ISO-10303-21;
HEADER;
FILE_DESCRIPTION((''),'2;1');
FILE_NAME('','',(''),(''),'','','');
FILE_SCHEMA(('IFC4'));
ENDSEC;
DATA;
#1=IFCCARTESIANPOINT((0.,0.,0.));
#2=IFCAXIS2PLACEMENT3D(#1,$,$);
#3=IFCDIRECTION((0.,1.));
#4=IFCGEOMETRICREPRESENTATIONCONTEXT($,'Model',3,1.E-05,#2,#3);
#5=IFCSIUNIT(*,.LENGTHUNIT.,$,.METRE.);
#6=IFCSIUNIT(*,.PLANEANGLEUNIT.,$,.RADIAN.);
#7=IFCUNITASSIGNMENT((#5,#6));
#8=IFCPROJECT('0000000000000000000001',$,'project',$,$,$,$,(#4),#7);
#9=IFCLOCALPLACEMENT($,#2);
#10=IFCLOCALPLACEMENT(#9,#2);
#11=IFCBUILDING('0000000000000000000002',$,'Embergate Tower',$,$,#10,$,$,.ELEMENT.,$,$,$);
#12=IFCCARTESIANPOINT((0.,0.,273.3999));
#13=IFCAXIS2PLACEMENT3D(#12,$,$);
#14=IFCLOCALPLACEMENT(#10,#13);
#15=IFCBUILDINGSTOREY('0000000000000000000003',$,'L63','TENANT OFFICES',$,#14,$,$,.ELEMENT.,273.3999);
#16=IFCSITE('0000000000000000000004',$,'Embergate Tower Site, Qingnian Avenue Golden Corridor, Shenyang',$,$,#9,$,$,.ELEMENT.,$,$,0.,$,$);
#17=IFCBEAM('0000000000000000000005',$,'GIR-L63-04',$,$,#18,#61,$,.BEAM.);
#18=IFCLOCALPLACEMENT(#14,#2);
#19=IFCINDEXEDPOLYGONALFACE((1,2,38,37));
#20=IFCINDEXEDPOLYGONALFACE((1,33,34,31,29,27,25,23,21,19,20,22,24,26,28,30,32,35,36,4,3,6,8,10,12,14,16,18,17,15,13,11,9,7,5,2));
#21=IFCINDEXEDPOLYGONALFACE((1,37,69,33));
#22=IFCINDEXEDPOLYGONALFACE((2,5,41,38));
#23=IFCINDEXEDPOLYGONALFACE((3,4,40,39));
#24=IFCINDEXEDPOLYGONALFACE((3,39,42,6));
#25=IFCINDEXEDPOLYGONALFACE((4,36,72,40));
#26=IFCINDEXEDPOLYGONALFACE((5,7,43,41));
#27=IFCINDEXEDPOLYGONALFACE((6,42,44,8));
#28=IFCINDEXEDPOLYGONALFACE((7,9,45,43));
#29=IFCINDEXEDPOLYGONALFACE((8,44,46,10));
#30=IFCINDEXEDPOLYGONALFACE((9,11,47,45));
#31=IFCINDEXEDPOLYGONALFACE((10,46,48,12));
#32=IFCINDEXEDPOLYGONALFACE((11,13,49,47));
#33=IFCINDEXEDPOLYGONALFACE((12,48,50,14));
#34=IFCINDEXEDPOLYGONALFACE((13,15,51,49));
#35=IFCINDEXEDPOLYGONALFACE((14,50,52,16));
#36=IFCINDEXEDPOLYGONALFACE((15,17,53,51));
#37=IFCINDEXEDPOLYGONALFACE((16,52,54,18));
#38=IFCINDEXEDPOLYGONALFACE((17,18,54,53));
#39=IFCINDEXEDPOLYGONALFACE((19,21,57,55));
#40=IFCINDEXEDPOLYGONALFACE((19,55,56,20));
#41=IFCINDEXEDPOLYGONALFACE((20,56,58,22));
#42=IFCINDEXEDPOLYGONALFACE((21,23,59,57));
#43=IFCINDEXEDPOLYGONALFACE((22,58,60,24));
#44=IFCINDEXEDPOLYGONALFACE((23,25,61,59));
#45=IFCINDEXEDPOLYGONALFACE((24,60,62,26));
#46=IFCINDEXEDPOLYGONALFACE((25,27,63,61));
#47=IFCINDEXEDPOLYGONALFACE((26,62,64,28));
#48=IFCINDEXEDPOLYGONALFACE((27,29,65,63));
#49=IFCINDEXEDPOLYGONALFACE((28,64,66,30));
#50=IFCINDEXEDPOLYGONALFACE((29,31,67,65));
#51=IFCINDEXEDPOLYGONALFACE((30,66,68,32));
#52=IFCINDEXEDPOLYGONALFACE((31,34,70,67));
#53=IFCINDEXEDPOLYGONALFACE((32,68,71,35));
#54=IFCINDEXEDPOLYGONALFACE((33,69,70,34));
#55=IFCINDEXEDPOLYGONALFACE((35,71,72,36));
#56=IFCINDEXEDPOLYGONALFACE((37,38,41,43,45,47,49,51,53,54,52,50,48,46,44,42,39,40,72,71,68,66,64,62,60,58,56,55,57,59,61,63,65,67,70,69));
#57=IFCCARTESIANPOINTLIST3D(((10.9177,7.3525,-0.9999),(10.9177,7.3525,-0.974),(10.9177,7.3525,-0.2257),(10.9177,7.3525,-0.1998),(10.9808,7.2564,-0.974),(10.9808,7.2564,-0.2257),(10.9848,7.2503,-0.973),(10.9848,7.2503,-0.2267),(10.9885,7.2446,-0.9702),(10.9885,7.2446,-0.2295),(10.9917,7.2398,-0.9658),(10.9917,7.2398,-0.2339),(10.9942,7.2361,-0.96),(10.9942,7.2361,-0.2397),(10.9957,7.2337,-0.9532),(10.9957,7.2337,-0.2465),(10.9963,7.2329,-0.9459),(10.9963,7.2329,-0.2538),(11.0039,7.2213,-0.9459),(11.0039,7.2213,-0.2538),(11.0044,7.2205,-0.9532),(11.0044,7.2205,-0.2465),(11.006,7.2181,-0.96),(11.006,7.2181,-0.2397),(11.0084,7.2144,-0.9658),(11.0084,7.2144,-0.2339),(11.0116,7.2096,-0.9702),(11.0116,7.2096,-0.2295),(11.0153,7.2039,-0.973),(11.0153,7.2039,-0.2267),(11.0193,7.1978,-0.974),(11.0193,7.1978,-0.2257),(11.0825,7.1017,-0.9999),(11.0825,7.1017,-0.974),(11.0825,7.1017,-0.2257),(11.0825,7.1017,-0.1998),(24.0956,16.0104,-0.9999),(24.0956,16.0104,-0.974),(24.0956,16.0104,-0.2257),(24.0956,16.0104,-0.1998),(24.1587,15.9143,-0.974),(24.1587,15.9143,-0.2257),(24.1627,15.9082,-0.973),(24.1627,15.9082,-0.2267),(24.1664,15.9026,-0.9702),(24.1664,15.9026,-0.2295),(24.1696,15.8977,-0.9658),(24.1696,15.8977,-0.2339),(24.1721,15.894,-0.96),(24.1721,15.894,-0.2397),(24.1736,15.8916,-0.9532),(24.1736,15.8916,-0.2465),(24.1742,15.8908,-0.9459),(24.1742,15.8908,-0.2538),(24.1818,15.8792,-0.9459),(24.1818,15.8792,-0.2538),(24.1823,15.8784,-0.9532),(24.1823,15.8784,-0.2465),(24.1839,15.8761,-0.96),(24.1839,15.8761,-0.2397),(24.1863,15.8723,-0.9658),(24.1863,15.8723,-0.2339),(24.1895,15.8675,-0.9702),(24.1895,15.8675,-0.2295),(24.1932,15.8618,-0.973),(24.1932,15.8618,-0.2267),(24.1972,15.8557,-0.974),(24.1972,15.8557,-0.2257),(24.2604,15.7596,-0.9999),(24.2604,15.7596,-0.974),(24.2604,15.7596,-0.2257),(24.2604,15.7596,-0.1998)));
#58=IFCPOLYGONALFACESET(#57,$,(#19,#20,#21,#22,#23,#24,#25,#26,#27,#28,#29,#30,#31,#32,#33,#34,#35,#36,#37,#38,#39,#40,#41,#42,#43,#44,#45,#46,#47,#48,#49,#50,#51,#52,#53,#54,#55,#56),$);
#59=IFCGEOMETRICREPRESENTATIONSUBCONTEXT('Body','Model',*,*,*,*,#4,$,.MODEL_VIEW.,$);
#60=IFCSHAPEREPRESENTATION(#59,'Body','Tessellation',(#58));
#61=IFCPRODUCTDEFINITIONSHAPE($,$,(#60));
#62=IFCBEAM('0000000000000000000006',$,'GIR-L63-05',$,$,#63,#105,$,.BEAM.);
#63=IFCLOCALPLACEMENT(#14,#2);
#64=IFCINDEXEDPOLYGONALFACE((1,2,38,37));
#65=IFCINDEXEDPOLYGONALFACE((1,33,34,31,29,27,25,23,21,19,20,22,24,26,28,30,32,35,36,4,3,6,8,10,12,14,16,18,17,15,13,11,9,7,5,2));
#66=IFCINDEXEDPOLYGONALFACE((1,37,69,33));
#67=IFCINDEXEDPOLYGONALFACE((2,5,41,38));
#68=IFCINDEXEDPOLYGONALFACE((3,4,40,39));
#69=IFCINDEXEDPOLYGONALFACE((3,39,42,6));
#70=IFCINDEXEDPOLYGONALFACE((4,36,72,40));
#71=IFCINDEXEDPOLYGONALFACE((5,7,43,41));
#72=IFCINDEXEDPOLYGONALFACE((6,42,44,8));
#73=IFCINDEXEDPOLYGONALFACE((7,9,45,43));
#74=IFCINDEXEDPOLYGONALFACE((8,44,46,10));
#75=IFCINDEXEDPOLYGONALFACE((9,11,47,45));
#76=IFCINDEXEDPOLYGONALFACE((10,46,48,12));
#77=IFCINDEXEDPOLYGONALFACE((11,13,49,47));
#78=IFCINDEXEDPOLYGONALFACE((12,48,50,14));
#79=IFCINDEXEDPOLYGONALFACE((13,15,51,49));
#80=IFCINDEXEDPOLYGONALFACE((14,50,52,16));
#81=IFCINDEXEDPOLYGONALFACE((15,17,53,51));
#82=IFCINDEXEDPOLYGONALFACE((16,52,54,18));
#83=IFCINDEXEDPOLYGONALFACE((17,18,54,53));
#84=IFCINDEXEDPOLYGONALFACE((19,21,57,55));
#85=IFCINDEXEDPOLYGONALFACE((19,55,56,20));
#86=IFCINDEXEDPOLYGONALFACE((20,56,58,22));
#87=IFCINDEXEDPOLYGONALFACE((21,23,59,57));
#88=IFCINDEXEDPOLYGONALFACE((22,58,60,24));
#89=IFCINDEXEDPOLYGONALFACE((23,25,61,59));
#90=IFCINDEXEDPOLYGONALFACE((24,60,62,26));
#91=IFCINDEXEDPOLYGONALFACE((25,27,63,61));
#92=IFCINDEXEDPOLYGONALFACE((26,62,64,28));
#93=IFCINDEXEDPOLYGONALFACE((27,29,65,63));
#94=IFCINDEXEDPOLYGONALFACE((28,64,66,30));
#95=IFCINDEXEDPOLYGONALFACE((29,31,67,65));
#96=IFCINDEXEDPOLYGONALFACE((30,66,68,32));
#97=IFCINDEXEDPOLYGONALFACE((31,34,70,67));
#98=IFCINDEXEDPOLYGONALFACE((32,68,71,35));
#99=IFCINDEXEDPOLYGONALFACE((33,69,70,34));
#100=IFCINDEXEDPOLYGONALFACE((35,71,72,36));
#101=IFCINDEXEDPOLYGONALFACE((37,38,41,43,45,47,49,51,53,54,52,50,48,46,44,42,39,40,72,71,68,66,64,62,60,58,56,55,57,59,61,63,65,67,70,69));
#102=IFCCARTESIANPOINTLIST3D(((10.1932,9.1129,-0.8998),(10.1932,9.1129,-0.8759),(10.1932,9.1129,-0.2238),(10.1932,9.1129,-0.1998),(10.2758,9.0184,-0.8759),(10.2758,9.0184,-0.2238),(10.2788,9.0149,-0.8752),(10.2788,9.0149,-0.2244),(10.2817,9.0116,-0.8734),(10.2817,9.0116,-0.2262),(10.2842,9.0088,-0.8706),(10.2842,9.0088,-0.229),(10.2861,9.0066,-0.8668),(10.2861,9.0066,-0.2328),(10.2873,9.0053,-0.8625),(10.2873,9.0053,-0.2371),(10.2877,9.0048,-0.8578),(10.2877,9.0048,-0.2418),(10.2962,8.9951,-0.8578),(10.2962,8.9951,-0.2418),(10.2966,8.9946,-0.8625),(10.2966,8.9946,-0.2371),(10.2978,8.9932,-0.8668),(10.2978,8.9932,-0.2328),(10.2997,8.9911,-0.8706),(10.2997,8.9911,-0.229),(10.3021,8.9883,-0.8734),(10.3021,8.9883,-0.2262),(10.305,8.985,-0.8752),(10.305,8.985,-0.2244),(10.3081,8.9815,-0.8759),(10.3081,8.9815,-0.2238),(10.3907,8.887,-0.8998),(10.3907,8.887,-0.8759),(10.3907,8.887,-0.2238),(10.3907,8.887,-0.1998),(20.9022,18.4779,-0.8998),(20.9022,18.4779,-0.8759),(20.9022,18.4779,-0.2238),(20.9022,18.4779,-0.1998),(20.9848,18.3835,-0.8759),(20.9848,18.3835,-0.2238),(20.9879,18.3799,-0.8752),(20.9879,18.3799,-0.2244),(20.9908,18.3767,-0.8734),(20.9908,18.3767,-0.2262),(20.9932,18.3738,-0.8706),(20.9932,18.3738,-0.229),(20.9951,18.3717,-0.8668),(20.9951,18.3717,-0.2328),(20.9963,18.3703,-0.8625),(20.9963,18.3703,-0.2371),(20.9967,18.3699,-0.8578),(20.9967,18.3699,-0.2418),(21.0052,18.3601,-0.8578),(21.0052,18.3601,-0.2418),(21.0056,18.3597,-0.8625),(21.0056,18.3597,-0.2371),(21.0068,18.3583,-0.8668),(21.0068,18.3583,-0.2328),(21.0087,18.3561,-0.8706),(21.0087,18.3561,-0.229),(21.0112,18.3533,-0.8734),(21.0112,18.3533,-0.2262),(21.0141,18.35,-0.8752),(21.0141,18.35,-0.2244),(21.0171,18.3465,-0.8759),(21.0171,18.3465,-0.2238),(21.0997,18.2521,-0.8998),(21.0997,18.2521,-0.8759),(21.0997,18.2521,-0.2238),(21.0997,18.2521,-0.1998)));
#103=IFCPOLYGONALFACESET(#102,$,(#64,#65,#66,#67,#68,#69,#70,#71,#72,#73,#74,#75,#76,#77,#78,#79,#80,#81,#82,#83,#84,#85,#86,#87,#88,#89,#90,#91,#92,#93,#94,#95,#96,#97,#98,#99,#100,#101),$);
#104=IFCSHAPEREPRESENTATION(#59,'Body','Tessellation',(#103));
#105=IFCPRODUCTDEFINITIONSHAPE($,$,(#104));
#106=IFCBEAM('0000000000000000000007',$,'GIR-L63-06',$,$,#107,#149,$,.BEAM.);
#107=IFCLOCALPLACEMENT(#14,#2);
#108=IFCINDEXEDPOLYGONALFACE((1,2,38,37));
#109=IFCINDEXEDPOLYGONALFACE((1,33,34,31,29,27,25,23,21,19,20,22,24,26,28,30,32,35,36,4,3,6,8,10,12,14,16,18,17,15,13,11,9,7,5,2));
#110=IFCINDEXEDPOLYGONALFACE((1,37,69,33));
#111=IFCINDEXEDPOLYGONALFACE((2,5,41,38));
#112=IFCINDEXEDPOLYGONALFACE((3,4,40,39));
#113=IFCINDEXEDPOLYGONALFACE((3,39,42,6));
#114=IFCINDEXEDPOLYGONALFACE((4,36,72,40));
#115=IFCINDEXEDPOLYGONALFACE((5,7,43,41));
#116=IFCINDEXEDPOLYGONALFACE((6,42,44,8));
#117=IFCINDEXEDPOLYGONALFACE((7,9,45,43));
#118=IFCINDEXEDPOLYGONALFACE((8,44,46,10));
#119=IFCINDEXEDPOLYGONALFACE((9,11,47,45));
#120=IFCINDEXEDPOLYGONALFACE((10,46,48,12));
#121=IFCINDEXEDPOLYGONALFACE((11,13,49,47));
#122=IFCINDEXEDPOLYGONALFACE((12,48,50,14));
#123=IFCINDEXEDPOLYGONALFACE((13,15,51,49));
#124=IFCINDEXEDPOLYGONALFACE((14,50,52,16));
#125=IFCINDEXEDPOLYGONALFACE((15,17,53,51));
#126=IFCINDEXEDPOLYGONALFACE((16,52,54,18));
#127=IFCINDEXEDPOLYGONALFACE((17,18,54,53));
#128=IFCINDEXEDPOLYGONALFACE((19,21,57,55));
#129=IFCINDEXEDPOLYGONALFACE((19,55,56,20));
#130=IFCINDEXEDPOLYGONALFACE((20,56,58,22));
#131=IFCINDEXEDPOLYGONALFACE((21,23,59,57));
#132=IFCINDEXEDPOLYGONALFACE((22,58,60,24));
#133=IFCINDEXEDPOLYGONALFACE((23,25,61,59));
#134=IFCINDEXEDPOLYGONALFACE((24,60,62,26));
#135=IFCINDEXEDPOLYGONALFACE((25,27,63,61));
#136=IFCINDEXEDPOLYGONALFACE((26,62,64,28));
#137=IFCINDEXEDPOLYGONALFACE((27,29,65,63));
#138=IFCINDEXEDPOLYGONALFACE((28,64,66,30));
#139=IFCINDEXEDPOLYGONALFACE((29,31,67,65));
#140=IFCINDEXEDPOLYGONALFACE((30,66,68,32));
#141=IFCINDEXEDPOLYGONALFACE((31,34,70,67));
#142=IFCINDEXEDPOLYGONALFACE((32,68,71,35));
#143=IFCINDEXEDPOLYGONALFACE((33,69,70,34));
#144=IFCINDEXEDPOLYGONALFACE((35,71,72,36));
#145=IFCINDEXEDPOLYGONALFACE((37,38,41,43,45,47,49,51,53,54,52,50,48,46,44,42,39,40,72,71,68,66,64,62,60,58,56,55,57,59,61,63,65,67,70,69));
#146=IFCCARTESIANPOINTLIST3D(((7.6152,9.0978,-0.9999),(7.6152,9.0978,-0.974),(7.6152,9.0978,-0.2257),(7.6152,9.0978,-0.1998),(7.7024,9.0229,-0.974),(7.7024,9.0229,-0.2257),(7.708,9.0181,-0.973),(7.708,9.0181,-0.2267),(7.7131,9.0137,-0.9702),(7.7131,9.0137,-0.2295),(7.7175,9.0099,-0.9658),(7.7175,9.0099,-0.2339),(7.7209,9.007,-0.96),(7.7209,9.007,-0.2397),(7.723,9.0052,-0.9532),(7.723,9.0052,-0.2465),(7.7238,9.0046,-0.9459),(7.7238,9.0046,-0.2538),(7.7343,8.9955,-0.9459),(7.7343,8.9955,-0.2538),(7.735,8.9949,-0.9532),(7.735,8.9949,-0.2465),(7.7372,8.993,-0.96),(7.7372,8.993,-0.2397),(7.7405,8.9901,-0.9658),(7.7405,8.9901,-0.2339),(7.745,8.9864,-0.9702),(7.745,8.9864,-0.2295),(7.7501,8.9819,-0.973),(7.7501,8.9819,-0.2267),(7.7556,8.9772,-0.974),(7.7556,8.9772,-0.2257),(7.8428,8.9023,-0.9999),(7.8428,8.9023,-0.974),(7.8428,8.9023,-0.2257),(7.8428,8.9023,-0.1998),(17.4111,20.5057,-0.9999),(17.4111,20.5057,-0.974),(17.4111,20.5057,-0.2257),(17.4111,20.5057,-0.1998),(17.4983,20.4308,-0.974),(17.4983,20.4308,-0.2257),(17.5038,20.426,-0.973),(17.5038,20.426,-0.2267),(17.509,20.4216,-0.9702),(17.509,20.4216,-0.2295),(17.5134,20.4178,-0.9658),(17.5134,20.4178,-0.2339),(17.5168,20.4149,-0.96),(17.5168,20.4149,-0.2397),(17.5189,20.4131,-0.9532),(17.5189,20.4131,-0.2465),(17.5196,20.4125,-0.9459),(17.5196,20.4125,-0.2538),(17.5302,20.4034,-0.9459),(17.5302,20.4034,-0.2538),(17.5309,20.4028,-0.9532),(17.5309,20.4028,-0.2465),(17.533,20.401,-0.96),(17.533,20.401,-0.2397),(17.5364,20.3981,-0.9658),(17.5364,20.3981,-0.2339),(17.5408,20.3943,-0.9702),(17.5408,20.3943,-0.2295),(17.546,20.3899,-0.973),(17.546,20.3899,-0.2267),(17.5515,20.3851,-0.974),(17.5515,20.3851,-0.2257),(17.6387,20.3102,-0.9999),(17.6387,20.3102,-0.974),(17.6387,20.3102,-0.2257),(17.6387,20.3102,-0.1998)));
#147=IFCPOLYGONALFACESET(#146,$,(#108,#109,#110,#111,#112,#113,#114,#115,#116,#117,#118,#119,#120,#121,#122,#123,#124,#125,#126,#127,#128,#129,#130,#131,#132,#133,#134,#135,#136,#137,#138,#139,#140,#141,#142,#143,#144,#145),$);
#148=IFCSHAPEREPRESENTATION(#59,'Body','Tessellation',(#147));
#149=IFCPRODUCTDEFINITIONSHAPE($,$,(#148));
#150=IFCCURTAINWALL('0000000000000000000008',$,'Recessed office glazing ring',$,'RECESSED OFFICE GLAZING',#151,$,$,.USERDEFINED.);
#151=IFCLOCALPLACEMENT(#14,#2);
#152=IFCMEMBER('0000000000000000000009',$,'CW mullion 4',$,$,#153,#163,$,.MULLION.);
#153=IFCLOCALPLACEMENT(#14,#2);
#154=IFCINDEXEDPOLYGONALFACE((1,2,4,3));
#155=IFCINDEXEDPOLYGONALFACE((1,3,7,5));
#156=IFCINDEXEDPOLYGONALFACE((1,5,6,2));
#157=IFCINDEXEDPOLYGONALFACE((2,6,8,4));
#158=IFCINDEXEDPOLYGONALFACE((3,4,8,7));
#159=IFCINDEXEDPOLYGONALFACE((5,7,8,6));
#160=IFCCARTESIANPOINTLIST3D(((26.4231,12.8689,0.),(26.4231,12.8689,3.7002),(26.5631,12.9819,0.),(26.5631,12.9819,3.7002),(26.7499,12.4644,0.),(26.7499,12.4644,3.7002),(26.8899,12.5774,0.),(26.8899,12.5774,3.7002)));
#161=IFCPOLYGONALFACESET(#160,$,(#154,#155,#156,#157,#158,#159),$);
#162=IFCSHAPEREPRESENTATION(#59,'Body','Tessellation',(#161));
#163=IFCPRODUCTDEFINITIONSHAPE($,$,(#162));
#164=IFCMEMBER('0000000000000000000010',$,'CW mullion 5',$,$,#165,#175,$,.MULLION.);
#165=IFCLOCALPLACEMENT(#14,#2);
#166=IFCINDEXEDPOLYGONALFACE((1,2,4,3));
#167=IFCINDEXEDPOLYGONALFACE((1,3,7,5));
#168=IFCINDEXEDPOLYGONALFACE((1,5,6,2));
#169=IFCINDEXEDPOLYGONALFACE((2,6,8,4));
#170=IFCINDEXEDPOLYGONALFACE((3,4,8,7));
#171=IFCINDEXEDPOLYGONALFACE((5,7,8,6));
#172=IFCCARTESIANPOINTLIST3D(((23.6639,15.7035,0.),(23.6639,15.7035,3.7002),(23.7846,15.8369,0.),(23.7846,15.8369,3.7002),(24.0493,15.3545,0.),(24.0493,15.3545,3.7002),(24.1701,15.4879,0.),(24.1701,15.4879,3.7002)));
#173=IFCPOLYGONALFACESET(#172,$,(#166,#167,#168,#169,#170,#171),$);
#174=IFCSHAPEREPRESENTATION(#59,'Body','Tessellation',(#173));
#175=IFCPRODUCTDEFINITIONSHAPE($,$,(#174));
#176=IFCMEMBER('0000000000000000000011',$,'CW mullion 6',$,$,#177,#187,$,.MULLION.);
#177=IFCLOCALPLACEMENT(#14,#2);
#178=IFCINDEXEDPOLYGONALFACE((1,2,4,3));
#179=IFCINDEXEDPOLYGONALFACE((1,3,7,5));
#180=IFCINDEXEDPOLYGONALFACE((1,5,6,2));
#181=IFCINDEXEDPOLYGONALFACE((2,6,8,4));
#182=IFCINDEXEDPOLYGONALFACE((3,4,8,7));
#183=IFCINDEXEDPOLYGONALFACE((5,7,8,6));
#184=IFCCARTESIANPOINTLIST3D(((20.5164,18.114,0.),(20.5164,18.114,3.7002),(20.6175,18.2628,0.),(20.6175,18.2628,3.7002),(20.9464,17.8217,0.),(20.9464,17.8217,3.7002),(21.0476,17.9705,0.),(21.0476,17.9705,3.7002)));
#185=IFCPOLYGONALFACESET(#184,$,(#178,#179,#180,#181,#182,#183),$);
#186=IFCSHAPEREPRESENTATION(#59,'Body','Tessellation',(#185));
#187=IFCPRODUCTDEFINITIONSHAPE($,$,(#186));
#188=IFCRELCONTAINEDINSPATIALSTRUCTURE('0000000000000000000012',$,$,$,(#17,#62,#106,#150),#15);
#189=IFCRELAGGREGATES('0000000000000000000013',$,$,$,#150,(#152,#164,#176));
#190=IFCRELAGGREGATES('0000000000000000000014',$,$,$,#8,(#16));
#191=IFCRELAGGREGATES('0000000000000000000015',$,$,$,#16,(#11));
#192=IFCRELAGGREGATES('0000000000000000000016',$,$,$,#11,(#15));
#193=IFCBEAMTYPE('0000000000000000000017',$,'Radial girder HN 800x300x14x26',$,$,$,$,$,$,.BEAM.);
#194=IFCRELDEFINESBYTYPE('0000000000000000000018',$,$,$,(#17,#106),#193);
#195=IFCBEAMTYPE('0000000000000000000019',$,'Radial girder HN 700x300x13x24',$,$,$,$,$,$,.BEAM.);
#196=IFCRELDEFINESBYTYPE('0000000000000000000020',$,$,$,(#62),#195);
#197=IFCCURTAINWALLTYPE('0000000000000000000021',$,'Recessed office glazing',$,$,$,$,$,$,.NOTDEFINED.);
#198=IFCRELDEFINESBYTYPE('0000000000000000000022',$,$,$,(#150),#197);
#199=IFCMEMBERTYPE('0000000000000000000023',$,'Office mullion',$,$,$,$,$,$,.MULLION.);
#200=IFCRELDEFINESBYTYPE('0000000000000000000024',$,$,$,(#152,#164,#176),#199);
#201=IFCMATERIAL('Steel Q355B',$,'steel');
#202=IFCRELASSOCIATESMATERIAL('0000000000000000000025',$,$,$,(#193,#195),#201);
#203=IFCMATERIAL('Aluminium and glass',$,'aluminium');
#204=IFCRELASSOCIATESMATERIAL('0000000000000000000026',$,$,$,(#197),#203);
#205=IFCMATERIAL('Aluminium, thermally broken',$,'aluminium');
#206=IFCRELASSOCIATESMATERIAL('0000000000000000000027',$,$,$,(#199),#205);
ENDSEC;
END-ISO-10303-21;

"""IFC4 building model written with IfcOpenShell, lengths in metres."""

from ifc_helpers import new_model, si_unit, direction, frame, origin, origin_2d, place, context, subcontext, project, spatial, rectangle, i_section, extrude, source, transform, mapped, material, material_profile, profile_set, type_object, element, aggregate, save


model = new_model("IFC4")

# Units and contexts
model_context = context("Model", 3, precision=1e-05, world=origin(), true_north=direction((0.0, 1.0)))
body_context = subcontext(model_context, "Body", "Model", "MODEL_VIEW")
ifc_project = project(units=[si_unit("LENGTHUNIT", "METRE"), si_unit("PLANEANGLEUNIT", "RADIAN")], contexts=[model_context])

# Site, building, storey
site_placement = place(None, origin())
site = spatial("IfcSite", under=ifc_project, at=site_placement, Name="Embergate Tower Site, Qingnian Avenue Golden Corridor, Shenyang", CompositionType="ELEMENT", RefElevation=0.0)
building_placement = place(site_placement, origin())
building = spatial("IfcBuilding", under=site, at=building_placement, Name="Embergate Tower", CompositionType="ELEMENT")
storey_placement = place(building_placement, frame((0.0, 0.0, 273.3999)))
storey = spatial("IfcBuildingStorey", under=building, at=storey_placement, Name="L63", Description="TENANT OFFICES", CompositionType="ELEMENT", Elevation=273.3999)

# Beams
ifc_material_1 = material(Name="Steel Q355B", Category="steel")
ifc_material_profile_1 = material_profile(ifc_material_1, i_section(OverallWidth=0.3, OverallDepth=0.8, WebThickness=0.0139, FlangeThickness=0.0259, FilletRadius=0.0281, at=origin_2d()), Name="HN 800x300x14x26")
ifc_profile_set_1 = profile_set([ifc_material_profile_1], Name="Steel Q355 grade B")
beam_type_1 = type_object("IfcBeamType", Name="Radial girder HN 800x300x14x26", PredefinedType="BEAM", material=ifc_profile_set_1)
shared_shape_1 = source(origin(), body_context, "Body", "SweptSolid", [
    extrude(i_section(OverallWidth=0.3, OverallDepth=0.8, WebThickness=0.0139, FlangeThickness=0.0259, FilletRadius=0.0281, at=origin_2d()), origin(), (0.0, 0.0, 1.0), 15.7676),
])
beam_1_placement = place(storey_placement, frame((24.178, 15.885, -0.5999), z_axis=(-0.835759, -0.549096, 0.0), x_axis=(0.549096, -0.835759, 0.0)))
element("IfcBeam", 1, at=beam_1_placement, inside=storey, type_object=beam_type_1, Name="GIR-L63-04", PredefinedType="BEAM", context=body_context, shape_type="MappedRepresentation", body=[
    mapped(shared_shape_1, transform((0.0, 0.0, 0.0))),
])
ifc_material_profile_2 = material_profile(ifc_material_1, i_section(OverallWidth=0.3, OverallDepth=0.7, WebThickness=0.0129, FlangeThickness=0.0239, FilletRadius=0.0181, at=origin_2d()), Name="HN 700x300x13x24")
ifc_profile_set_2 = profile_set([ifc_material_profile_2], Name="Steel Q355 grade B")
beam_type_2 = type_object("IfcBeamType", Name="Radial girder HN 700x300x13x24", PredefinedType="BEAM", material=ifc_profile_set_2)
shared_shape_2 = source(origin(), body_context, "Body", "SweptSolid", [
    extrude(i_section(OverallWidth=0.3, OverallDepth=0.7, WebThickness=0.0129, FlangeThickness=0.0239, FilletRadius=0.0181, at=origin_2d()), origin(), (0.0, 0.0, 1.0), 14.2263),
])
beam_2_placement = place(storey_placement, frame((21.001, 18.365, -0.5498), z_axis=(-0.752764, -0.658291, 0.0), x_axis=(0.658291, -0.752764, 0.0)))
element("IfcBeam", 2, at=beam_2_placement, inside=storey, type_object=beam_type_2, Name="GIR-L63-05", PredefinedType="BEAM", context=body_context, shape_type="MappedRepresentation", body=[
    mapped(shared_shape_2, transform((0.0, 0.0, 0.0))),
])
shared_shape_3 = source(origin(), body_context, "Body", "SweptSolid", [
    extrude(i_section(OverallWidth=0.3, OverallDepth=0.8, WebThickness=0.0139, FlangeThickness=0.0259, FilletRadius=0.0281, at=origin_2d()), origin(), (0.0, 0.0, 1.0), 15.0366),
])
beam_3_placement = place(storey_placement, frame((17.5249, 20.408, -0.5999), z_axis=(-0.651468, -0.758676, 0.0), x_axis=(0.758676, -0.651468, 0.0)))
element("IfcBeam", 3, at=beam_3_placement, inside=storey, type_object=beam_type_1, Name="GIR-L63-06", PredefinedType="BEAM", context=body_context, shape_type="MappedRepresentation", body=[
    mapped(shared_shape_3, transform((0.0, 0.0, 0.0))),
])

# Curtain wall, members
ifc_material_2 = material(Name="Aluminium and glass", Category="aluminium")
curtain_wall_type = type_object("IfcCurtainWallType", Name="Recessed office glazing", PredefinedType="NOTDEFINED", material=ifc_material_2)
curtain_wall_placement = place(storey_placement, origin())
curtain_wall = element("IfcCurtainWall", 4, at=curtain_wall_placement, inside=storey, type_object=curtain_wall_type, Name="Recessed office glazing ring", ObjectType="RECESSED OFFICE GLAZING", PredefinedType="USERDEFINED")
ifc_material_3 = material(Name="Aluminium, thermally broken", Category="aluminium")
ifc_material_profile_3 = material_profile(ifc_material_3, rectangle(XDim=0.1799, YDim=0.52, at=origin_2d()), Name="AL 520x180")
ifc_profile_set_3 = profile_set([ifc_material_profile_3], Name="Aluminium, thermally broken")
member_type_1 = type_object("IfcMemberType", Name="Office mullion", PredefinedType="MULLION", material=ifc_profile_set_3)
shared_shape_4 = source(origin(), body_context, "Body", "SweptSolid", [
    extrude(rectangle(XDim=0.1799, YDim=0.52, at=origin_2d()), origin(), (0.0, 0.0, 1.0), 3.7002),
])
member_1_placement = place(storey_placement, frame((26.6565, 12.7231, 0.0), z_axis=(0.0, 0.0, 1.0), x_axis=(-0.777862, -0.628436, 0.0)))
member_1 = element("IfcMember", 5, at=member_1_placement, type_object=member_type_1, Name="CW mullion 4", PredefinedType="MULLION", context=body_context, shape_type="MappedRepresentation", body=[
    mapped(shared_shape_4, transform((0.0, 0.0, 0.0))),
])
member_2_placement = place(storey_placement, frame((23.917, 15.5957, 0.0), z_axis=(0.0, 0.0, 1.0), x_axis=(-0.671216, -0.741262, 0.0)))
member_2 = element("IfcMember", 6, at=member_2_placement, type_object=member_type_1, Name="CW mullion 5", PredefinedType="MULLION", context=body_context, shape_type="MappedRepresentation", body=[
    mapped(shared_shape_4, transform((0.0, 0.0, 0.0))),
])
member_3_placement = place(storey_placement, frame((20.782, 18.0422, 0.0), z_axis=(0.0, 0.0, 1.0), x_axis=(-0.562208, -0.826996, 0.0)))
member_3 = element("IfcMember", 7, at=member_3_placement, type_object=member_type_1, Name="CW mullion 6", PredefinedType="MULLION", context=body_context, shape_type="MappedRepresentation", body=[
    mapped(shared_shape_4, transform((0.0, 0.0, 0.0))),
])
aggregate(curtain_wall, [member_1, member_2, member_3])

save(model, "model.ifc")
